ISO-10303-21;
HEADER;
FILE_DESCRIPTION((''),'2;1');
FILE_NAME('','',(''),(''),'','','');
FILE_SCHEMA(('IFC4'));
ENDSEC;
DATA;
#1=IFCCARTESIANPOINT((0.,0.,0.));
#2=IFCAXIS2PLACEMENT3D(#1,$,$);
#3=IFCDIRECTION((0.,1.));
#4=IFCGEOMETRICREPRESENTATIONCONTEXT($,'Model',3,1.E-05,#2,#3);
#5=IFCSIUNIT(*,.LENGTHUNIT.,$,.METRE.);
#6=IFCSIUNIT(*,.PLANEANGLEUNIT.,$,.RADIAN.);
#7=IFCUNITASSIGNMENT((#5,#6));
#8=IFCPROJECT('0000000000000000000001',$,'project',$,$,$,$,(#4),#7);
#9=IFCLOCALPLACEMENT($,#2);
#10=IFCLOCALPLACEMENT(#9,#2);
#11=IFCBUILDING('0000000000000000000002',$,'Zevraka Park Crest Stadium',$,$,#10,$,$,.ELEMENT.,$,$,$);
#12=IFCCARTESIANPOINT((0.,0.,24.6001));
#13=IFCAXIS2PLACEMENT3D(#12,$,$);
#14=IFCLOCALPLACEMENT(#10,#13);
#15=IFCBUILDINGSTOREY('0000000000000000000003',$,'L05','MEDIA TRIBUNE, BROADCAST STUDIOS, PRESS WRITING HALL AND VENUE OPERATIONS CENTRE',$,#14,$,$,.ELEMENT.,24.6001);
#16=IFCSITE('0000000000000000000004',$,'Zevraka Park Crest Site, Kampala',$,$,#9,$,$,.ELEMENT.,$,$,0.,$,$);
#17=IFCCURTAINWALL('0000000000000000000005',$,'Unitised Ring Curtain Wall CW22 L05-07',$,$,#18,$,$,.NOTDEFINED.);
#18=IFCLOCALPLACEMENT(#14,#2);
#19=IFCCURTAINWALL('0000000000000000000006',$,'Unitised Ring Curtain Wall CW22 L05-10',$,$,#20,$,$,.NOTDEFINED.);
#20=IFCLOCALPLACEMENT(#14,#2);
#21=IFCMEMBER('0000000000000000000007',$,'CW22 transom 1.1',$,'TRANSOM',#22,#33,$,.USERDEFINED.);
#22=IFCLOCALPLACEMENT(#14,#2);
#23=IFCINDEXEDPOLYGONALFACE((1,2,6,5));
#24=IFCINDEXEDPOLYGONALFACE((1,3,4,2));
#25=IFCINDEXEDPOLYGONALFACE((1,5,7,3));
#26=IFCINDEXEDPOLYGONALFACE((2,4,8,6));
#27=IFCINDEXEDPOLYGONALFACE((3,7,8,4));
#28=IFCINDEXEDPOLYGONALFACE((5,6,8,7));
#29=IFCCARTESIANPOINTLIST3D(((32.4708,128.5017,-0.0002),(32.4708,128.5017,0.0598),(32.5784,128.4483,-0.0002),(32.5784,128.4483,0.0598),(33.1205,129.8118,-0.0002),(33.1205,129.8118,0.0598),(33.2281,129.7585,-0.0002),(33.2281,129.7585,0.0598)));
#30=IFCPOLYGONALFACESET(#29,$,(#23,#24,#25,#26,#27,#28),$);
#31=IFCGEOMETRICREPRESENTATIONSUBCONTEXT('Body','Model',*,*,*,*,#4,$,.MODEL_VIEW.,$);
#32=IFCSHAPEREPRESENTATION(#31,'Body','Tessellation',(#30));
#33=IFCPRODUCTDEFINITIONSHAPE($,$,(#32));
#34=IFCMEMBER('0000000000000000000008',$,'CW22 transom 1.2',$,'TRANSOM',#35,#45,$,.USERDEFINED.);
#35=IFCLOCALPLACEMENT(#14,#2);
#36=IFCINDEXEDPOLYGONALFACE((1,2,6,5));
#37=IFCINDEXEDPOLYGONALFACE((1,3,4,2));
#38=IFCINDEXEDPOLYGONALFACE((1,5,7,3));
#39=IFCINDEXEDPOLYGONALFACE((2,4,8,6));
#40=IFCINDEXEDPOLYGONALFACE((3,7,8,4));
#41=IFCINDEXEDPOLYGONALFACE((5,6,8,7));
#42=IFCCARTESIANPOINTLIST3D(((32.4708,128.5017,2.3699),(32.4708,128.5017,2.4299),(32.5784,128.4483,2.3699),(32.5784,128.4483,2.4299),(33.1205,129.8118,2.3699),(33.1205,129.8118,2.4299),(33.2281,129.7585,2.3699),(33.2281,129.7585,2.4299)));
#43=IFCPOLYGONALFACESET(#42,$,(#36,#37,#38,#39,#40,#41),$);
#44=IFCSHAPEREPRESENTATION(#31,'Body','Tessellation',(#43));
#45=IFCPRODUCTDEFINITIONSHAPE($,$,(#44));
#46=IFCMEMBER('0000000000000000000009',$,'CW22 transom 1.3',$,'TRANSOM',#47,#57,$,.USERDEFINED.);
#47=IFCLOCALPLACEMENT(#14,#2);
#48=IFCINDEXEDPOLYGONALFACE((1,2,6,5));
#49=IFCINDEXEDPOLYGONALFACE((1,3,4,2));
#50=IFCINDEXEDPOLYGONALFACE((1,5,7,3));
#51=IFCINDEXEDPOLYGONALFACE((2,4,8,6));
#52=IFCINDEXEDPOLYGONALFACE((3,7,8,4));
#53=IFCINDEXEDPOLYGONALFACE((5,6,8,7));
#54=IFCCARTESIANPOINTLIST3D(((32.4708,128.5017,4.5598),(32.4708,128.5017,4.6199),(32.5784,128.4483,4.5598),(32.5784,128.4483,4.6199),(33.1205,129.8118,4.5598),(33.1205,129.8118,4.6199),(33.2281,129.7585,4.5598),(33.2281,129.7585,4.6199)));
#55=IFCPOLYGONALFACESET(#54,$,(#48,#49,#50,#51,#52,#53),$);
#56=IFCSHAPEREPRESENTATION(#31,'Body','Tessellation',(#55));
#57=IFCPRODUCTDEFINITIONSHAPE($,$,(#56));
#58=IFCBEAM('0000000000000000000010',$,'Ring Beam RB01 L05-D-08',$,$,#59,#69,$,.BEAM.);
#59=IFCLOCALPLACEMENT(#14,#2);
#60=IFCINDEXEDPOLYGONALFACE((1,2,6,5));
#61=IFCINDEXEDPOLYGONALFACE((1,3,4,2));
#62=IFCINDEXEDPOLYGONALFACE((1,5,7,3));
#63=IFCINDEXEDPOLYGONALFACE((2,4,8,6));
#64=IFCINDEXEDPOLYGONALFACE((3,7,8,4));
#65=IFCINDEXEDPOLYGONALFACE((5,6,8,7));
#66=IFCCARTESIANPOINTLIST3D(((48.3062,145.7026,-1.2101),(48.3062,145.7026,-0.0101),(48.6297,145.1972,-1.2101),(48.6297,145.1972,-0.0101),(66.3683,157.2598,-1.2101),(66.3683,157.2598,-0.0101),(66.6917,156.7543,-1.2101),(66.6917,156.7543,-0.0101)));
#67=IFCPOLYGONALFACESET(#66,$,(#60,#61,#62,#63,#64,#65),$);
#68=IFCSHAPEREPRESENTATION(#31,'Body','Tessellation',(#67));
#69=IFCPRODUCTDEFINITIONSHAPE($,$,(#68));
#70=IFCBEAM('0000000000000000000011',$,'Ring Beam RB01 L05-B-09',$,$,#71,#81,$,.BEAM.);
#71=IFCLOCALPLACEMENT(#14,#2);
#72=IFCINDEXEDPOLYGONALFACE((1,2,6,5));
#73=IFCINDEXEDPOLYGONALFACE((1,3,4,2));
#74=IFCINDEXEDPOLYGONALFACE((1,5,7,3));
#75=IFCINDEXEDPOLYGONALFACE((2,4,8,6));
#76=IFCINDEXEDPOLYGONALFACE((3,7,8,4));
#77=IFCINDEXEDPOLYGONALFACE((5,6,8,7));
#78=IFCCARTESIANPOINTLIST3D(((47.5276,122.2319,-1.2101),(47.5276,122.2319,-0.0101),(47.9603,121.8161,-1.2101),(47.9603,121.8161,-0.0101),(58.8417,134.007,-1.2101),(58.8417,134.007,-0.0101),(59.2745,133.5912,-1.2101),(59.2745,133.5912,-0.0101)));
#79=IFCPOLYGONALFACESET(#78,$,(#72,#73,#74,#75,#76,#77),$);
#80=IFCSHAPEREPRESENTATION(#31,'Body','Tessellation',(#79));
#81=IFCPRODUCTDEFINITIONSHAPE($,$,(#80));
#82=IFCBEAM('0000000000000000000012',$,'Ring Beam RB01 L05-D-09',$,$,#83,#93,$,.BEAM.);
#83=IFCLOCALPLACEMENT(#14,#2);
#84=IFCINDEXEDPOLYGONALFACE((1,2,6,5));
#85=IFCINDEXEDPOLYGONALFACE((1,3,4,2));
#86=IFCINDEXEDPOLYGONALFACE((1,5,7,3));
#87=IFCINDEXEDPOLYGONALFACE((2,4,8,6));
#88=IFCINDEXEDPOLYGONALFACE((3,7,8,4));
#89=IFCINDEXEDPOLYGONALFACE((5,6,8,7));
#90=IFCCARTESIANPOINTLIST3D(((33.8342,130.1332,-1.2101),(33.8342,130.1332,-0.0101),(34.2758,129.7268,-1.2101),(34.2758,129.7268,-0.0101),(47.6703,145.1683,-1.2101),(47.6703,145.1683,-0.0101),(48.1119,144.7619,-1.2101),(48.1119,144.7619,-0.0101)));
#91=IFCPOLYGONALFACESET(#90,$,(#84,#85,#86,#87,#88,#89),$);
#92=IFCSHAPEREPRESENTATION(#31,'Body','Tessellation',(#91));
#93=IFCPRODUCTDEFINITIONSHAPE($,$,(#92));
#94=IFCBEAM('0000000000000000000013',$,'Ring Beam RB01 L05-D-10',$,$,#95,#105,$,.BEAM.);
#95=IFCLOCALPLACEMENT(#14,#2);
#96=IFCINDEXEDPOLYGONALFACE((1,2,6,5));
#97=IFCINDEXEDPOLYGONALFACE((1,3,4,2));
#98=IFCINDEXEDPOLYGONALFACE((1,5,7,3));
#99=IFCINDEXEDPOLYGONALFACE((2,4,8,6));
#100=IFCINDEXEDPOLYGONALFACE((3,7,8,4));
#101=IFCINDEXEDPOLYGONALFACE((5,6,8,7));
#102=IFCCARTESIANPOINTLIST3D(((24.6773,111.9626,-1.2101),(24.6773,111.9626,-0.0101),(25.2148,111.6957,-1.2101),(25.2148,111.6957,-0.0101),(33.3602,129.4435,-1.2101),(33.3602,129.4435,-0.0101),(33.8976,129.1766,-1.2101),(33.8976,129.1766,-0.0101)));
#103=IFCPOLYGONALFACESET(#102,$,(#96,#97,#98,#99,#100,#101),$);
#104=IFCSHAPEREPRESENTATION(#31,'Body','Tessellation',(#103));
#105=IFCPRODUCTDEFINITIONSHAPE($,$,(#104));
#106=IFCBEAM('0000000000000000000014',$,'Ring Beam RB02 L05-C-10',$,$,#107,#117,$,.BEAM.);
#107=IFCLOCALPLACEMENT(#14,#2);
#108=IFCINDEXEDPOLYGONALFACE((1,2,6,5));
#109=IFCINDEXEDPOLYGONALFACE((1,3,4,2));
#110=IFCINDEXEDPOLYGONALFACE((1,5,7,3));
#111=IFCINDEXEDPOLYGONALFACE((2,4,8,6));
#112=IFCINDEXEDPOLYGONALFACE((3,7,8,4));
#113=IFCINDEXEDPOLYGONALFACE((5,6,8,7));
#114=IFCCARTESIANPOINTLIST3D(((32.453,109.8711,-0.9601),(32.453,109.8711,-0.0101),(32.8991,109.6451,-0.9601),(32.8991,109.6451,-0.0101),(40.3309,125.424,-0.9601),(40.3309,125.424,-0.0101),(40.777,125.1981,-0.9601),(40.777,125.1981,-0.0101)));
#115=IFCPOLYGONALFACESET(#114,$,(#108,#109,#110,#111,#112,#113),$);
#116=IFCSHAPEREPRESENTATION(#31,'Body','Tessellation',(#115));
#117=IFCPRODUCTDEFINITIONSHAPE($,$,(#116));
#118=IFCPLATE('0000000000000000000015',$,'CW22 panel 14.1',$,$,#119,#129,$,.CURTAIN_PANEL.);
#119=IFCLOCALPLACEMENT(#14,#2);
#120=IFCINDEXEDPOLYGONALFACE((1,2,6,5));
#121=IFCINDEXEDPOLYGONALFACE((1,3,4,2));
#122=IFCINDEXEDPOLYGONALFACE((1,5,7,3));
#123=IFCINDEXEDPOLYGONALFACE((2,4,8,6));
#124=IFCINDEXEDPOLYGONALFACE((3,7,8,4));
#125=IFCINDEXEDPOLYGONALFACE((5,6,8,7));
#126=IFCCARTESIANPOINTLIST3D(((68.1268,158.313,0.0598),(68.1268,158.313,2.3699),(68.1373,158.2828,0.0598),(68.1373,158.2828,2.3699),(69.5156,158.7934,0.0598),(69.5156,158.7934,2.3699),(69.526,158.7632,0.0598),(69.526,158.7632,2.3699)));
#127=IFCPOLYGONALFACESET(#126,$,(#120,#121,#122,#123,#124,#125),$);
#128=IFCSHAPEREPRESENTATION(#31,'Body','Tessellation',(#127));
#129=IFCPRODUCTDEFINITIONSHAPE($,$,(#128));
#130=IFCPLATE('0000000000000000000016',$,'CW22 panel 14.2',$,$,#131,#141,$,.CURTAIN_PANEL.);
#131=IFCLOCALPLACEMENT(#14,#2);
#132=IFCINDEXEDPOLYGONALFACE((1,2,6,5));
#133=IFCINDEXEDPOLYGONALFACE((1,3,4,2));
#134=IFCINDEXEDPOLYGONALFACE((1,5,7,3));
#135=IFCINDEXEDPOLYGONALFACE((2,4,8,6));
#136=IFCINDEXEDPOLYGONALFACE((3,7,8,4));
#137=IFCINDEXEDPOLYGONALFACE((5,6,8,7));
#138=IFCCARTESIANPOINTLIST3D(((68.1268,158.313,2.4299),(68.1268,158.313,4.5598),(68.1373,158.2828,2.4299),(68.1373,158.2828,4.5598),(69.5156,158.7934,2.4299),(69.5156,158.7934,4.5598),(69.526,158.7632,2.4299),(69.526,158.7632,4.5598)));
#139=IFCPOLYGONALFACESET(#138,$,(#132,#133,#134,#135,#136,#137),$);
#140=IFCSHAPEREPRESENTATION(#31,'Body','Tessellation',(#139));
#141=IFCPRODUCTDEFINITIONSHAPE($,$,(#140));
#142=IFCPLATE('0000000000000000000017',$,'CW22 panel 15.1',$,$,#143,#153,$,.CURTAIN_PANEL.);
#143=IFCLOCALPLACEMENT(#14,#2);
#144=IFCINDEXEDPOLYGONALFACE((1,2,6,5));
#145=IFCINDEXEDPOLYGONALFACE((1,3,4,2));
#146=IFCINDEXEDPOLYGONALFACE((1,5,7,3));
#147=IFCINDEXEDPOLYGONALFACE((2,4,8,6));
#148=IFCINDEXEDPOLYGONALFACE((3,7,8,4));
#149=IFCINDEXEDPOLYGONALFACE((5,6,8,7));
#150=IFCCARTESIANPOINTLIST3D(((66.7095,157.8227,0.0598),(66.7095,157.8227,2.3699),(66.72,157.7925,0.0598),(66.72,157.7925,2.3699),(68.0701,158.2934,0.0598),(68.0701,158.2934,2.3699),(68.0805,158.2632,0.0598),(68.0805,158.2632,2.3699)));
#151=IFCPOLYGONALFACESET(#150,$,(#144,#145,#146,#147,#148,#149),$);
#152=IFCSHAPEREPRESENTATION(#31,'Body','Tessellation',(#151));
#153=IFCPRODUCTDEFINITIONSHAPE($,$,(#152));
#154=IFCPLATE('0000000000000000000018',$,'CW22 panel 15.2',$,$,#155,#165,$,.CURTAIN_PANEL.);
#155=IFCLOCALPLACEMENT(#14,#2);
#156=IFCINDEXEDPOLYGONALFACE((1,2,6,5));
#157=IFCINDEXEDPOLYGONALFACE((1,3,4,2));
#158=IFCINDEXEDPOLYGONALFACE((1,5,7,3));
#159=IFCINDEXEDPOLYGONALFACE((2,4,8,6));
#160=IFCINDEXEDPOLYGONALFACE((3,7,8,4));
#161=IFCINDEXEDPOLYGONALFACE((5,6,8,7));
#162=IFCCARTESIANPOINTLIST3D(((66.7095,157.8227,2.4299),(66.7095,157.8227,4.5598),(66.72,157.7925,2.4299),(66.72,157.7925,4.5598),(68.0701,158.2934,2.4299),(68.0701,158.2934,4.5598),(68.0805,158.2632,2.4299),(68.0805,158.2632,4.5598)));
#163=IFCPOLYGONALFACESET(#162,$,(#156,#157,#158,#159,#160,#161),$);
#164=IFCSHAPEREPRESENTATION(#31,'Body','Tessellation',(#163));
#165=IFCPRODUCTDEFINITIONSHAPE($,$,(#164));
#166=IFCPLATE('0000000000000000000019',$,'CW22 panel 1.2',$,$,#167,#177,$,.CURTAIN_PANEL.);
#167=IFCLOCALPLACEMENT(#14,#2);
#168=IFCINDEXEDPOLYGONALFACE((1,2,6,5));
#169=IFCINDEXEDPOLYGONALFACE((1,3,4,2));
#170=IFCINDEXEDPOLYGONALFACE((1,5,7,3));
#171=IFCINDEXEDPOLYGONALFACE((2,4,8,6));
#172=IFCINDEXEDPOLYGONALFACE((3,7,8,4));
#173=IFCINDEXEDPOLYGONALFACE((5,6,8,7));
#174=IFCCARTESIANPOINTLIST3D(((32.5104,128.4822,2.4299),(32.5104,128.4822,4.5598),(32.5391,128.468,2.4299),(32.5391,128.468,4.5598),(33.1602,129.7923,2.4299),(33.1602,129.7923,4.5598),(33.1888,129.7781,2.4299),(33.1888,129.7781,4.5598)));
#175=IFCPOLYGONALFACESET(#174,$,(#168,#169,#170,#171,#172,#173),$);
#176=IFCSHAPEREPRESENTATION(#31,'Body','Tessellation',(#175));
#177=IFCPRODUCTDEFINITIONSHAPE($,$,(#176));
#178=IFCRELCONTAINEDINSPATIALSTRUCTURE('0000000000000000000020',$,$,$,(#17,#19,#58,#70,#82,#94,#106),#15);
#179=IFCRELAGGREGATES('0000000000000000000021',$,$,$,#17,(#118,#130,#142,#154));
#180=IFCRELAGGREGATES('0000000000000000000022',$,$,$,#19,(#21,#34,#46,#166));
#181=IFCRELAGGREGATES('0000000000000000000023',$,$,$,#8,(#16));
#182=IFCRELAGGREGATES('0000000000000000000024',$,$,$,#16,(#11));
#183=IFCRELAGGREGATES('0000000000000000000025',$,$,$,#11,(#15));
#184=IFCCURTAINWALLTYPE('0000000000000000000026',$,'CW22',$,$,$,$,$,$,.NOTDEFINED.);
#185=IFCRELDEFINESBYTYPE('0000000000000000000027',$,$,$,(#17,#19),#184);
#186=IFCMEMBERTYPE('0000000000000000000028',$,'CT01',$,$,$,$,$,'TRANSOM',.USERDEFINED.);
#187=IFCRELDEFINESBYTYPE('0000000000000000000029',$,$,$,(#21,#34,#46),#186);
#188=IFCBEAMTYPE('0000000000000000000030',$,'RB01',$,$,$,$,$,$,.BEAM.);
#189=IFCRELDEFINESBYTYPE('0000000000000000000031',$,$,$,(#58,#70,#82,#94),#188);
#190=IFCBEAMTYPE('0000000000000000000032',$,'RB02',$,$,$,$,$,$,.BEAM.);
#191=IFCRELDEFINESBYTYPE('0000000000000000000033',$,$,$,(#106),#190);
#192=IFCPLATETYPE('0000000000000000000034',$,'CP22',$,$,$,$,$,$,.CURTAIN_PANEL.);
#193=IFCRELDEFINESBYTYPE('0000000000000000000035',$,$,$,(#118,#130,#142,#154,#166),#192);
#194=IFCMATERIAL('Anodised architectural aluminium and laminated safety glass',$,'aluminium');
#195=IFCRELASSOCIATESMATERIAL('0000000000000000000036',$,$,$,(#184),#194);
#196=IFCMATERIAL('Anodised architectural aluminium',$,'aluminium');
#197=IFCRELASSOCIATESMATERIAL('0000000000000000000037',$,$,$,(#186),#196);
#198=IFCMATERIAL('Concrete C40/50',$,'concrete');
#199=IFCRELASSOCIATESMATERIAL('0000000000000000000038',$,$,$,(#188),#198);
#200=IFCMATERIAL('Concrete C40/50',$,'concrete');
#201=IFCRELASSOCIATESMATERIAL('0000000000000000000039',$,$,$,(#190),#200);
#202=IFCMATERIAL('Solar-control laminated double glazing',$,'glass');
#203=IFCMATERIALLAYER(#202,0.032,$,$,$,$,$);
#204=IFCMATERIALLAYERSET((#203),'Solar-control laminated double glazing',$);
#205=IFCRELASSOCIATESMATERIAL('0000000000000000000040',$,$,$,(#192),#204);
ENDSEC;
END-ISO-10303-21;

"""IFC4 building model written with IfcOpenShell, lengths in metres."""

from ifc_helpers import new_model, si_unit, direction, frame, origin, origin_2d, place, context, subcontext, project, spatial, rectangle, extrude, material, layer, layer_set, material_profile, profile_set, type_object, element, aggregate, save


model = new_model("IFC4")

# Units and contexts
model_context = context("Model", 3, precision=1e-05, world=origin(), true_north=direction((0.0, 1.0)))
body_context = subcontext(model_context, "Body", "Model", "MODEL_VIEW")
ifc_project = project(units=[si_unit("LENGTHUNIT", "METRE"), si_unit("PLANEANGLEUNIT", "RADIAN")], contexts=[model_context])

# Site, building, storey
site_placement = place(None, origin())
site = spatial("IfcSite", under=ifc_project, at=site_placement, Name="Zevraka Park Crest Site, Kampala", CompositionType="ELEMENT", RefElevation=0.0)
building_placement = place(site_placement, origin())
building = spatial("IfcBuilding", under=site, at=building_placement, Name="Zevraka Park Crest Stadium", CompositionType="ELEMENT")
storey_placement = place(building_placement, frame((0.0, 0.0, 24.6001)))
storey = spatial("IfcBuildingStorey", under=building, at=storey_placement, Name="L05", Description="MEDIA TRIBUNE, BROADCAST STUDIOS, PRESS WRITING HALL AND VENUE OPERATIONS CENTRE", CompositionType="ELEMENT", Elevation=24.6001)

# Curtain wall
ifc_material_1 = material(Name="Anodised architectural aluminium and laminated safety glass", Category="aluminium")
curtain_wall_type = type_object("IfcCurtainWallType", Name="CW22", PredefinedType="NOTDEFINED", material=ifc_material_1)
curtain_wall_1_placement = place(storey_placement, origin())
curtain_wall_1 = element("IfcCurtainWall", 1, at=curtain_wall_1_placement, inside=storey, type_object=curtain_wall_type, Name="Unitised Ring Curtain Wall CW22 L05-07", PredefinedType="NOTDEFINED")

# Curtain wall
curtain_wall_2_placement = place(storey_placement, origin())
curtain_wall_2 = element("IfcCurtainWall", 2, at=curtain_wall_2_placement, inside=storey, type_object=curtain_wall_type, Name="Unitised Ring Curtain Wall CW22 L05-10", PredefinedType="NOTDEFINED")

# Members
ifc_material_2 = material(Name="Anodised architectural aluminium", Category="aluminium")
ifc_material_profile_1 = material_profile(ifc_material_2, rectangle(XDim=0.1201, YDim=0.0601, at=origin_2d()), Name="ALU TRANSOM 120x60")
ifc_profile_set_1 = profile_set([ifc_material_profile_1], Name="Anodised architectural aluminium")
member_type_1 = type_object("IfcMemberType", Name="CT01", ElementType="TRANSOM", PredefinedType="USERDEFINED", material=ifc_profile_set_1)
member_1_placement = place(storey_placement, frame((33.1743, 129.7852, 0.0298), z_axis=(-0.444273, -0.895892, 0.0), x_axis=(0.895892, -0.444273, 0.0)))
member_1 = element("IfcMember", 3, at=member_1_placement, type_object=member_type_1, Name="CW22 transom 1.1", ObjectType="TRANSOM", PredefinedType="USERDEFINED", context=body_context, shape_type="SweptSolid", body=[
    extrude(rectangle(XDim=0.1201, YDim=0.0601, at=origin_2d()), origin(), (0.0, 0.0, 1.0), 1.4624),
])
member_2_placement = place(storey_placement, frame((33.1743, 129.7852, 2.3999), z_axis=(-0.444273, -0.895892, 0.0), x_axis=(0.895892, -0.444273, 0.0)))
member_2 = element("IfcMember", 4, at=member_2_placement, type_object=member_type_1, Name="CW22 transom 1.2", ObjectType="TRANSOM", PredefinedType="USERDEFINED", context=body_context, shape_type="SweptSolid", body=[
    extrude(rectangle(XDim=0.1201, YDim=0.0601, at=origin_2d()), origin(), (0.0, 0.0, 1.0), 1.4624),
])
member_3_placement = place(storey_placement, frame((33.1743, 129.7852, 4.5898), z_axis=(-0.444273, -0.895892, 0.0), x_axis=(0.895892, -0.444273, 0.0)))
member_3 = element("IfcMember", 5, at=member_3_placement, type_object=member_type_1, Name="CW22 transom 1.3", ObjectType="TRANSOM", PredefinedType="USERDEFINED", context=body_context, shape_type="SweptSolid", body=[
    extrude(rectangle(XDim=0.1201, YDim=0.0601, at=origin_2d()), origin(), (0.0, 0.0, 1.0), 1.4624),
])

# Beams
ifc_material_3 = material(Name="Concrete C40/50", Category="concrete")
ifc_material_profile_2 = material_profile(ifc_material_3, rectangle(XDim=0.6001, YDim=1.2, at=origin_2d()), Name="RC 1200x600")
ifc_profile_set_2 = profile_set([ifc_material_profile_2], Name="Concrete C40/50")
beam_type_1 = type_object("IfcBeamType", Name="RB01", PredefinedType="BEAM", material=ifc_profile_set_2)
beam_1_placement = place(storey_placement, frame((66.53, 157.0071, -0.6101), z_axis=(-0.842326, -0.538969, 0.0), x_axis=(0.538969, -0.842326, 0.0)))
element("IfcBeam", 6, at=beam_1_placement, inside=storey, type_object=beam_type_1, Name="Ring Beam RB01 L05-D-08", PredefinedType="BEAM", context=body_context, shape_type="SweptSolid", body=[
    extrude(rectangle(XDim=0.6001, YDim=1.2, at=origin_2d()), origin(), (0.0, 0.0, 1.0), 21.4431),
])
beam_2_placement = place(storey_placement, frame((59.0581, 133.7991, -0.6101), z_axis=(-0.692853, -0.721079, 0.0), x_axis=(0.721079, -0.692853, 0.0)))
element("IfcBeam", 7, at=beam_2_placement, inside=storey, type_object=beam_type_1, Name="Ring Beam RB01 L05-B-09", PredefinedType="BEAM", context=body_context, shape_type="SweptSolid", body=[
    extrude(rectangle(XDim=0.6001, YDim=1.2, at=origin_2d()), origin(), (0.0, 0.0, 1.0), 16.3298),
])
beam_3_placement = place(storey_placement, frame((47.8911, 144.9651, -0.6101), z_axis=(-0.677158, -0.735837, 0.0), x_axis=(0.735837, -0.677158, 0.0)))
element("IfcBeam", 8, at=beam_3_placement, inside=storey, type_object=beam_type_1, Name="Ring Beam RB01 L05-D-09", PredefinedType="BEAM", context=body_context, shape_type="SweptSolid", body=[
    extrude(rectangle(XDim=0.6001, YDim=1.2, at=origin_2d()), origin(), (0.0, 0.0, 1.0), 20.4326),
])
beam_4_placement = place(storey_placement, frame((33.6289, 129.3101, -0.6101), z_axis=(-0.444851, -0.895605, 0.0), x_axis=(0.895605, -0.444851, 0.0)))
element("IfcBeam", 9, at=beam_4_placement, inside=storey, type_object=beam_type_1, Name="Ring Beam RB01 L05-D-10", PredefinedType="BEAM", context=body_context, shape_type="SweptSolid", body=[
    extrude(rectangle(XDim=0.6001, YDim=1.2, at=origin_2d()), origin(), (0.0, 0.0, 1.0), 19.5186),
])
ifc_material_4 = material(Name="Concrete C40/50", Category="concrete")
ifc_material_profile_3 = material_profile(ifc_material_4, rectangle(XDim=0.5, YDim=0.95, at=origin_2d()), Name="RC 950x500")
ifc_profile_set_3 = profile_set([ifc_material_profile_3], Name="Concrete C40/50")
beam_type_2 = type_object("IfcBeamType", Name="RB02", PredefinedType="BEAM", material=ifc_profile_set_3)
beam_5_placement = place(storey_placement, frame((40.554, 125.311, -0.4851), z_axis=(-0.451862, -0.892088, 0.0), x_axis=(0.892088, -0.451862, 0.0)))
element("IfcBeam", 10, at=beam_5_placement, inside=storey, type_object=beam_type_2, Name="Ring Beam RB02 L05-C-10", PredefinedType="BEAM", context=body_context, shape_type="SweptSolid", body=[
    extrude(rectangle(XDim=0.5, YDim=0.95, at=origin_2d()), origin(), (0.0, 0.0, 1.0), 17.4343),
])

# Plates
ifc_material_5 = material(Name="Solar-control laminated double glazing", Category="glass")
ifc_layer_1 = layer(ifc_material_5, 0.032)
ifc_layer_set_1 = layer_set([ifc_layer_1], Name="Solar-control laminated double glazing")
plate_type = type_object("IfcPlateType", Name="CP22", PredefinedType="CURTAIN_PANEL", material=ifc_layer_set_1)
plate_1_placement = place(storey_placement, frame((68.8264, 158.5381, 0.0598), z_axis=(0.0, 0.0, 1.0), x_axis=(-0.945049, -0.326929, 0.0)))
plate_1 = element("IfcPlate", 11, at=plate_1_placement, type_object=plate_type, Name="CW22 panel 14.1", PredefinedType="CURTAIN_PANEL", context=body_context, shape_type="SweptSolid", body=[
    extrude(rectangle(XDim=1.4695, YDim=0.032, at=origin_2d()), origin(), (0.0, 0.0, 1.0), 2.3101),
])
plate_2_placement = place(storey_placement, frame((68.8264, 158.5381, 2.4299), z_axis=(0.0, 0.0, 1.0), x_axis=(-0.945049, -0.326929, 0.0)))
plate_2 = element("IfcPlate", 12, at=plate_2_placement, type_object=plate_type, Name="CW22 panel 14.2", PredefinedType="CURTAIN_PANEL", context=body_context, shape_type="SweptSolid", body=[
    extrude(rectangle(XDim=1.4695, YDim=0.032, at=origin_2d()), origin(), (0.0, 0.0, 1.0), 2.1299),
])
plate_3_placement = place(storey_placement, frame((67.395, 158.043, 0.0598), z_axis=(0.0, 0.0, 1.0), x_axis=(-0.945049, -0.326929, 0.0)))
plate_3 = element("IfcPlate", 13, at=plate_3_placement, type_object=plate_type, Name="CW22 panel 15.1", PredefinedType="CURTAIN_PANEL", context=body_context, shape_type="SweptSolid", body=[
    extrude(rectangle(XDim=1.4397, YDim=0.032, at=origin_2d()), origin(), (0.0, 0.0, 1.0), 2.3101),
])
plate_4_placement = place(storey_placement, frame((67.395, 158.043, 2.4299), z_axis=(0.0, 0.0, 1.0), x_axis=(-0.945049, -0.326929, 0.0)))
plate_4 = element("IfcPlate", 14, at=plate_4_placement, type_object=plate_type, Name="CW22 panel 15.2", PredefinedType="CURTAIN_PANEL", context=body_context, shape_type="SweptSolid", body=[
    extrude(rectangle(XDim=1.4397, YDim=0.032, at=origin_2d()), origin(), (0.0, 0.0, 1.0), 2.1299),
])
aggregate(curtain_wall_1, [plate_1, plate_2, plate_3, plate_4])
plate_5_placement = place(storey_placement, frame((32.8496, 129.1301, 2.4299), z_axis=(0.0, 0.0, 1.0), x_axis=(-0.444297, -0.895879, 0.0)))
plate_5 = element("IfcPlate", 15, at=plate_5_placement, type_object=plate_type, Name="CW22 panel 1.2", PredefinedType="CURTAIN_PANEL", context=body_context, shape_type="SweptSolid", body=[
    extrude(rectangle(XDim=1.4624, YDim=0.032, at=origin_2d()), origin(), (0.0, 0.0, 1.0), 2.1299),
])
aggregate(curtain_wall_2, [member_1, member_2, member_3, plate_5])

save(model, "model.ifc")
